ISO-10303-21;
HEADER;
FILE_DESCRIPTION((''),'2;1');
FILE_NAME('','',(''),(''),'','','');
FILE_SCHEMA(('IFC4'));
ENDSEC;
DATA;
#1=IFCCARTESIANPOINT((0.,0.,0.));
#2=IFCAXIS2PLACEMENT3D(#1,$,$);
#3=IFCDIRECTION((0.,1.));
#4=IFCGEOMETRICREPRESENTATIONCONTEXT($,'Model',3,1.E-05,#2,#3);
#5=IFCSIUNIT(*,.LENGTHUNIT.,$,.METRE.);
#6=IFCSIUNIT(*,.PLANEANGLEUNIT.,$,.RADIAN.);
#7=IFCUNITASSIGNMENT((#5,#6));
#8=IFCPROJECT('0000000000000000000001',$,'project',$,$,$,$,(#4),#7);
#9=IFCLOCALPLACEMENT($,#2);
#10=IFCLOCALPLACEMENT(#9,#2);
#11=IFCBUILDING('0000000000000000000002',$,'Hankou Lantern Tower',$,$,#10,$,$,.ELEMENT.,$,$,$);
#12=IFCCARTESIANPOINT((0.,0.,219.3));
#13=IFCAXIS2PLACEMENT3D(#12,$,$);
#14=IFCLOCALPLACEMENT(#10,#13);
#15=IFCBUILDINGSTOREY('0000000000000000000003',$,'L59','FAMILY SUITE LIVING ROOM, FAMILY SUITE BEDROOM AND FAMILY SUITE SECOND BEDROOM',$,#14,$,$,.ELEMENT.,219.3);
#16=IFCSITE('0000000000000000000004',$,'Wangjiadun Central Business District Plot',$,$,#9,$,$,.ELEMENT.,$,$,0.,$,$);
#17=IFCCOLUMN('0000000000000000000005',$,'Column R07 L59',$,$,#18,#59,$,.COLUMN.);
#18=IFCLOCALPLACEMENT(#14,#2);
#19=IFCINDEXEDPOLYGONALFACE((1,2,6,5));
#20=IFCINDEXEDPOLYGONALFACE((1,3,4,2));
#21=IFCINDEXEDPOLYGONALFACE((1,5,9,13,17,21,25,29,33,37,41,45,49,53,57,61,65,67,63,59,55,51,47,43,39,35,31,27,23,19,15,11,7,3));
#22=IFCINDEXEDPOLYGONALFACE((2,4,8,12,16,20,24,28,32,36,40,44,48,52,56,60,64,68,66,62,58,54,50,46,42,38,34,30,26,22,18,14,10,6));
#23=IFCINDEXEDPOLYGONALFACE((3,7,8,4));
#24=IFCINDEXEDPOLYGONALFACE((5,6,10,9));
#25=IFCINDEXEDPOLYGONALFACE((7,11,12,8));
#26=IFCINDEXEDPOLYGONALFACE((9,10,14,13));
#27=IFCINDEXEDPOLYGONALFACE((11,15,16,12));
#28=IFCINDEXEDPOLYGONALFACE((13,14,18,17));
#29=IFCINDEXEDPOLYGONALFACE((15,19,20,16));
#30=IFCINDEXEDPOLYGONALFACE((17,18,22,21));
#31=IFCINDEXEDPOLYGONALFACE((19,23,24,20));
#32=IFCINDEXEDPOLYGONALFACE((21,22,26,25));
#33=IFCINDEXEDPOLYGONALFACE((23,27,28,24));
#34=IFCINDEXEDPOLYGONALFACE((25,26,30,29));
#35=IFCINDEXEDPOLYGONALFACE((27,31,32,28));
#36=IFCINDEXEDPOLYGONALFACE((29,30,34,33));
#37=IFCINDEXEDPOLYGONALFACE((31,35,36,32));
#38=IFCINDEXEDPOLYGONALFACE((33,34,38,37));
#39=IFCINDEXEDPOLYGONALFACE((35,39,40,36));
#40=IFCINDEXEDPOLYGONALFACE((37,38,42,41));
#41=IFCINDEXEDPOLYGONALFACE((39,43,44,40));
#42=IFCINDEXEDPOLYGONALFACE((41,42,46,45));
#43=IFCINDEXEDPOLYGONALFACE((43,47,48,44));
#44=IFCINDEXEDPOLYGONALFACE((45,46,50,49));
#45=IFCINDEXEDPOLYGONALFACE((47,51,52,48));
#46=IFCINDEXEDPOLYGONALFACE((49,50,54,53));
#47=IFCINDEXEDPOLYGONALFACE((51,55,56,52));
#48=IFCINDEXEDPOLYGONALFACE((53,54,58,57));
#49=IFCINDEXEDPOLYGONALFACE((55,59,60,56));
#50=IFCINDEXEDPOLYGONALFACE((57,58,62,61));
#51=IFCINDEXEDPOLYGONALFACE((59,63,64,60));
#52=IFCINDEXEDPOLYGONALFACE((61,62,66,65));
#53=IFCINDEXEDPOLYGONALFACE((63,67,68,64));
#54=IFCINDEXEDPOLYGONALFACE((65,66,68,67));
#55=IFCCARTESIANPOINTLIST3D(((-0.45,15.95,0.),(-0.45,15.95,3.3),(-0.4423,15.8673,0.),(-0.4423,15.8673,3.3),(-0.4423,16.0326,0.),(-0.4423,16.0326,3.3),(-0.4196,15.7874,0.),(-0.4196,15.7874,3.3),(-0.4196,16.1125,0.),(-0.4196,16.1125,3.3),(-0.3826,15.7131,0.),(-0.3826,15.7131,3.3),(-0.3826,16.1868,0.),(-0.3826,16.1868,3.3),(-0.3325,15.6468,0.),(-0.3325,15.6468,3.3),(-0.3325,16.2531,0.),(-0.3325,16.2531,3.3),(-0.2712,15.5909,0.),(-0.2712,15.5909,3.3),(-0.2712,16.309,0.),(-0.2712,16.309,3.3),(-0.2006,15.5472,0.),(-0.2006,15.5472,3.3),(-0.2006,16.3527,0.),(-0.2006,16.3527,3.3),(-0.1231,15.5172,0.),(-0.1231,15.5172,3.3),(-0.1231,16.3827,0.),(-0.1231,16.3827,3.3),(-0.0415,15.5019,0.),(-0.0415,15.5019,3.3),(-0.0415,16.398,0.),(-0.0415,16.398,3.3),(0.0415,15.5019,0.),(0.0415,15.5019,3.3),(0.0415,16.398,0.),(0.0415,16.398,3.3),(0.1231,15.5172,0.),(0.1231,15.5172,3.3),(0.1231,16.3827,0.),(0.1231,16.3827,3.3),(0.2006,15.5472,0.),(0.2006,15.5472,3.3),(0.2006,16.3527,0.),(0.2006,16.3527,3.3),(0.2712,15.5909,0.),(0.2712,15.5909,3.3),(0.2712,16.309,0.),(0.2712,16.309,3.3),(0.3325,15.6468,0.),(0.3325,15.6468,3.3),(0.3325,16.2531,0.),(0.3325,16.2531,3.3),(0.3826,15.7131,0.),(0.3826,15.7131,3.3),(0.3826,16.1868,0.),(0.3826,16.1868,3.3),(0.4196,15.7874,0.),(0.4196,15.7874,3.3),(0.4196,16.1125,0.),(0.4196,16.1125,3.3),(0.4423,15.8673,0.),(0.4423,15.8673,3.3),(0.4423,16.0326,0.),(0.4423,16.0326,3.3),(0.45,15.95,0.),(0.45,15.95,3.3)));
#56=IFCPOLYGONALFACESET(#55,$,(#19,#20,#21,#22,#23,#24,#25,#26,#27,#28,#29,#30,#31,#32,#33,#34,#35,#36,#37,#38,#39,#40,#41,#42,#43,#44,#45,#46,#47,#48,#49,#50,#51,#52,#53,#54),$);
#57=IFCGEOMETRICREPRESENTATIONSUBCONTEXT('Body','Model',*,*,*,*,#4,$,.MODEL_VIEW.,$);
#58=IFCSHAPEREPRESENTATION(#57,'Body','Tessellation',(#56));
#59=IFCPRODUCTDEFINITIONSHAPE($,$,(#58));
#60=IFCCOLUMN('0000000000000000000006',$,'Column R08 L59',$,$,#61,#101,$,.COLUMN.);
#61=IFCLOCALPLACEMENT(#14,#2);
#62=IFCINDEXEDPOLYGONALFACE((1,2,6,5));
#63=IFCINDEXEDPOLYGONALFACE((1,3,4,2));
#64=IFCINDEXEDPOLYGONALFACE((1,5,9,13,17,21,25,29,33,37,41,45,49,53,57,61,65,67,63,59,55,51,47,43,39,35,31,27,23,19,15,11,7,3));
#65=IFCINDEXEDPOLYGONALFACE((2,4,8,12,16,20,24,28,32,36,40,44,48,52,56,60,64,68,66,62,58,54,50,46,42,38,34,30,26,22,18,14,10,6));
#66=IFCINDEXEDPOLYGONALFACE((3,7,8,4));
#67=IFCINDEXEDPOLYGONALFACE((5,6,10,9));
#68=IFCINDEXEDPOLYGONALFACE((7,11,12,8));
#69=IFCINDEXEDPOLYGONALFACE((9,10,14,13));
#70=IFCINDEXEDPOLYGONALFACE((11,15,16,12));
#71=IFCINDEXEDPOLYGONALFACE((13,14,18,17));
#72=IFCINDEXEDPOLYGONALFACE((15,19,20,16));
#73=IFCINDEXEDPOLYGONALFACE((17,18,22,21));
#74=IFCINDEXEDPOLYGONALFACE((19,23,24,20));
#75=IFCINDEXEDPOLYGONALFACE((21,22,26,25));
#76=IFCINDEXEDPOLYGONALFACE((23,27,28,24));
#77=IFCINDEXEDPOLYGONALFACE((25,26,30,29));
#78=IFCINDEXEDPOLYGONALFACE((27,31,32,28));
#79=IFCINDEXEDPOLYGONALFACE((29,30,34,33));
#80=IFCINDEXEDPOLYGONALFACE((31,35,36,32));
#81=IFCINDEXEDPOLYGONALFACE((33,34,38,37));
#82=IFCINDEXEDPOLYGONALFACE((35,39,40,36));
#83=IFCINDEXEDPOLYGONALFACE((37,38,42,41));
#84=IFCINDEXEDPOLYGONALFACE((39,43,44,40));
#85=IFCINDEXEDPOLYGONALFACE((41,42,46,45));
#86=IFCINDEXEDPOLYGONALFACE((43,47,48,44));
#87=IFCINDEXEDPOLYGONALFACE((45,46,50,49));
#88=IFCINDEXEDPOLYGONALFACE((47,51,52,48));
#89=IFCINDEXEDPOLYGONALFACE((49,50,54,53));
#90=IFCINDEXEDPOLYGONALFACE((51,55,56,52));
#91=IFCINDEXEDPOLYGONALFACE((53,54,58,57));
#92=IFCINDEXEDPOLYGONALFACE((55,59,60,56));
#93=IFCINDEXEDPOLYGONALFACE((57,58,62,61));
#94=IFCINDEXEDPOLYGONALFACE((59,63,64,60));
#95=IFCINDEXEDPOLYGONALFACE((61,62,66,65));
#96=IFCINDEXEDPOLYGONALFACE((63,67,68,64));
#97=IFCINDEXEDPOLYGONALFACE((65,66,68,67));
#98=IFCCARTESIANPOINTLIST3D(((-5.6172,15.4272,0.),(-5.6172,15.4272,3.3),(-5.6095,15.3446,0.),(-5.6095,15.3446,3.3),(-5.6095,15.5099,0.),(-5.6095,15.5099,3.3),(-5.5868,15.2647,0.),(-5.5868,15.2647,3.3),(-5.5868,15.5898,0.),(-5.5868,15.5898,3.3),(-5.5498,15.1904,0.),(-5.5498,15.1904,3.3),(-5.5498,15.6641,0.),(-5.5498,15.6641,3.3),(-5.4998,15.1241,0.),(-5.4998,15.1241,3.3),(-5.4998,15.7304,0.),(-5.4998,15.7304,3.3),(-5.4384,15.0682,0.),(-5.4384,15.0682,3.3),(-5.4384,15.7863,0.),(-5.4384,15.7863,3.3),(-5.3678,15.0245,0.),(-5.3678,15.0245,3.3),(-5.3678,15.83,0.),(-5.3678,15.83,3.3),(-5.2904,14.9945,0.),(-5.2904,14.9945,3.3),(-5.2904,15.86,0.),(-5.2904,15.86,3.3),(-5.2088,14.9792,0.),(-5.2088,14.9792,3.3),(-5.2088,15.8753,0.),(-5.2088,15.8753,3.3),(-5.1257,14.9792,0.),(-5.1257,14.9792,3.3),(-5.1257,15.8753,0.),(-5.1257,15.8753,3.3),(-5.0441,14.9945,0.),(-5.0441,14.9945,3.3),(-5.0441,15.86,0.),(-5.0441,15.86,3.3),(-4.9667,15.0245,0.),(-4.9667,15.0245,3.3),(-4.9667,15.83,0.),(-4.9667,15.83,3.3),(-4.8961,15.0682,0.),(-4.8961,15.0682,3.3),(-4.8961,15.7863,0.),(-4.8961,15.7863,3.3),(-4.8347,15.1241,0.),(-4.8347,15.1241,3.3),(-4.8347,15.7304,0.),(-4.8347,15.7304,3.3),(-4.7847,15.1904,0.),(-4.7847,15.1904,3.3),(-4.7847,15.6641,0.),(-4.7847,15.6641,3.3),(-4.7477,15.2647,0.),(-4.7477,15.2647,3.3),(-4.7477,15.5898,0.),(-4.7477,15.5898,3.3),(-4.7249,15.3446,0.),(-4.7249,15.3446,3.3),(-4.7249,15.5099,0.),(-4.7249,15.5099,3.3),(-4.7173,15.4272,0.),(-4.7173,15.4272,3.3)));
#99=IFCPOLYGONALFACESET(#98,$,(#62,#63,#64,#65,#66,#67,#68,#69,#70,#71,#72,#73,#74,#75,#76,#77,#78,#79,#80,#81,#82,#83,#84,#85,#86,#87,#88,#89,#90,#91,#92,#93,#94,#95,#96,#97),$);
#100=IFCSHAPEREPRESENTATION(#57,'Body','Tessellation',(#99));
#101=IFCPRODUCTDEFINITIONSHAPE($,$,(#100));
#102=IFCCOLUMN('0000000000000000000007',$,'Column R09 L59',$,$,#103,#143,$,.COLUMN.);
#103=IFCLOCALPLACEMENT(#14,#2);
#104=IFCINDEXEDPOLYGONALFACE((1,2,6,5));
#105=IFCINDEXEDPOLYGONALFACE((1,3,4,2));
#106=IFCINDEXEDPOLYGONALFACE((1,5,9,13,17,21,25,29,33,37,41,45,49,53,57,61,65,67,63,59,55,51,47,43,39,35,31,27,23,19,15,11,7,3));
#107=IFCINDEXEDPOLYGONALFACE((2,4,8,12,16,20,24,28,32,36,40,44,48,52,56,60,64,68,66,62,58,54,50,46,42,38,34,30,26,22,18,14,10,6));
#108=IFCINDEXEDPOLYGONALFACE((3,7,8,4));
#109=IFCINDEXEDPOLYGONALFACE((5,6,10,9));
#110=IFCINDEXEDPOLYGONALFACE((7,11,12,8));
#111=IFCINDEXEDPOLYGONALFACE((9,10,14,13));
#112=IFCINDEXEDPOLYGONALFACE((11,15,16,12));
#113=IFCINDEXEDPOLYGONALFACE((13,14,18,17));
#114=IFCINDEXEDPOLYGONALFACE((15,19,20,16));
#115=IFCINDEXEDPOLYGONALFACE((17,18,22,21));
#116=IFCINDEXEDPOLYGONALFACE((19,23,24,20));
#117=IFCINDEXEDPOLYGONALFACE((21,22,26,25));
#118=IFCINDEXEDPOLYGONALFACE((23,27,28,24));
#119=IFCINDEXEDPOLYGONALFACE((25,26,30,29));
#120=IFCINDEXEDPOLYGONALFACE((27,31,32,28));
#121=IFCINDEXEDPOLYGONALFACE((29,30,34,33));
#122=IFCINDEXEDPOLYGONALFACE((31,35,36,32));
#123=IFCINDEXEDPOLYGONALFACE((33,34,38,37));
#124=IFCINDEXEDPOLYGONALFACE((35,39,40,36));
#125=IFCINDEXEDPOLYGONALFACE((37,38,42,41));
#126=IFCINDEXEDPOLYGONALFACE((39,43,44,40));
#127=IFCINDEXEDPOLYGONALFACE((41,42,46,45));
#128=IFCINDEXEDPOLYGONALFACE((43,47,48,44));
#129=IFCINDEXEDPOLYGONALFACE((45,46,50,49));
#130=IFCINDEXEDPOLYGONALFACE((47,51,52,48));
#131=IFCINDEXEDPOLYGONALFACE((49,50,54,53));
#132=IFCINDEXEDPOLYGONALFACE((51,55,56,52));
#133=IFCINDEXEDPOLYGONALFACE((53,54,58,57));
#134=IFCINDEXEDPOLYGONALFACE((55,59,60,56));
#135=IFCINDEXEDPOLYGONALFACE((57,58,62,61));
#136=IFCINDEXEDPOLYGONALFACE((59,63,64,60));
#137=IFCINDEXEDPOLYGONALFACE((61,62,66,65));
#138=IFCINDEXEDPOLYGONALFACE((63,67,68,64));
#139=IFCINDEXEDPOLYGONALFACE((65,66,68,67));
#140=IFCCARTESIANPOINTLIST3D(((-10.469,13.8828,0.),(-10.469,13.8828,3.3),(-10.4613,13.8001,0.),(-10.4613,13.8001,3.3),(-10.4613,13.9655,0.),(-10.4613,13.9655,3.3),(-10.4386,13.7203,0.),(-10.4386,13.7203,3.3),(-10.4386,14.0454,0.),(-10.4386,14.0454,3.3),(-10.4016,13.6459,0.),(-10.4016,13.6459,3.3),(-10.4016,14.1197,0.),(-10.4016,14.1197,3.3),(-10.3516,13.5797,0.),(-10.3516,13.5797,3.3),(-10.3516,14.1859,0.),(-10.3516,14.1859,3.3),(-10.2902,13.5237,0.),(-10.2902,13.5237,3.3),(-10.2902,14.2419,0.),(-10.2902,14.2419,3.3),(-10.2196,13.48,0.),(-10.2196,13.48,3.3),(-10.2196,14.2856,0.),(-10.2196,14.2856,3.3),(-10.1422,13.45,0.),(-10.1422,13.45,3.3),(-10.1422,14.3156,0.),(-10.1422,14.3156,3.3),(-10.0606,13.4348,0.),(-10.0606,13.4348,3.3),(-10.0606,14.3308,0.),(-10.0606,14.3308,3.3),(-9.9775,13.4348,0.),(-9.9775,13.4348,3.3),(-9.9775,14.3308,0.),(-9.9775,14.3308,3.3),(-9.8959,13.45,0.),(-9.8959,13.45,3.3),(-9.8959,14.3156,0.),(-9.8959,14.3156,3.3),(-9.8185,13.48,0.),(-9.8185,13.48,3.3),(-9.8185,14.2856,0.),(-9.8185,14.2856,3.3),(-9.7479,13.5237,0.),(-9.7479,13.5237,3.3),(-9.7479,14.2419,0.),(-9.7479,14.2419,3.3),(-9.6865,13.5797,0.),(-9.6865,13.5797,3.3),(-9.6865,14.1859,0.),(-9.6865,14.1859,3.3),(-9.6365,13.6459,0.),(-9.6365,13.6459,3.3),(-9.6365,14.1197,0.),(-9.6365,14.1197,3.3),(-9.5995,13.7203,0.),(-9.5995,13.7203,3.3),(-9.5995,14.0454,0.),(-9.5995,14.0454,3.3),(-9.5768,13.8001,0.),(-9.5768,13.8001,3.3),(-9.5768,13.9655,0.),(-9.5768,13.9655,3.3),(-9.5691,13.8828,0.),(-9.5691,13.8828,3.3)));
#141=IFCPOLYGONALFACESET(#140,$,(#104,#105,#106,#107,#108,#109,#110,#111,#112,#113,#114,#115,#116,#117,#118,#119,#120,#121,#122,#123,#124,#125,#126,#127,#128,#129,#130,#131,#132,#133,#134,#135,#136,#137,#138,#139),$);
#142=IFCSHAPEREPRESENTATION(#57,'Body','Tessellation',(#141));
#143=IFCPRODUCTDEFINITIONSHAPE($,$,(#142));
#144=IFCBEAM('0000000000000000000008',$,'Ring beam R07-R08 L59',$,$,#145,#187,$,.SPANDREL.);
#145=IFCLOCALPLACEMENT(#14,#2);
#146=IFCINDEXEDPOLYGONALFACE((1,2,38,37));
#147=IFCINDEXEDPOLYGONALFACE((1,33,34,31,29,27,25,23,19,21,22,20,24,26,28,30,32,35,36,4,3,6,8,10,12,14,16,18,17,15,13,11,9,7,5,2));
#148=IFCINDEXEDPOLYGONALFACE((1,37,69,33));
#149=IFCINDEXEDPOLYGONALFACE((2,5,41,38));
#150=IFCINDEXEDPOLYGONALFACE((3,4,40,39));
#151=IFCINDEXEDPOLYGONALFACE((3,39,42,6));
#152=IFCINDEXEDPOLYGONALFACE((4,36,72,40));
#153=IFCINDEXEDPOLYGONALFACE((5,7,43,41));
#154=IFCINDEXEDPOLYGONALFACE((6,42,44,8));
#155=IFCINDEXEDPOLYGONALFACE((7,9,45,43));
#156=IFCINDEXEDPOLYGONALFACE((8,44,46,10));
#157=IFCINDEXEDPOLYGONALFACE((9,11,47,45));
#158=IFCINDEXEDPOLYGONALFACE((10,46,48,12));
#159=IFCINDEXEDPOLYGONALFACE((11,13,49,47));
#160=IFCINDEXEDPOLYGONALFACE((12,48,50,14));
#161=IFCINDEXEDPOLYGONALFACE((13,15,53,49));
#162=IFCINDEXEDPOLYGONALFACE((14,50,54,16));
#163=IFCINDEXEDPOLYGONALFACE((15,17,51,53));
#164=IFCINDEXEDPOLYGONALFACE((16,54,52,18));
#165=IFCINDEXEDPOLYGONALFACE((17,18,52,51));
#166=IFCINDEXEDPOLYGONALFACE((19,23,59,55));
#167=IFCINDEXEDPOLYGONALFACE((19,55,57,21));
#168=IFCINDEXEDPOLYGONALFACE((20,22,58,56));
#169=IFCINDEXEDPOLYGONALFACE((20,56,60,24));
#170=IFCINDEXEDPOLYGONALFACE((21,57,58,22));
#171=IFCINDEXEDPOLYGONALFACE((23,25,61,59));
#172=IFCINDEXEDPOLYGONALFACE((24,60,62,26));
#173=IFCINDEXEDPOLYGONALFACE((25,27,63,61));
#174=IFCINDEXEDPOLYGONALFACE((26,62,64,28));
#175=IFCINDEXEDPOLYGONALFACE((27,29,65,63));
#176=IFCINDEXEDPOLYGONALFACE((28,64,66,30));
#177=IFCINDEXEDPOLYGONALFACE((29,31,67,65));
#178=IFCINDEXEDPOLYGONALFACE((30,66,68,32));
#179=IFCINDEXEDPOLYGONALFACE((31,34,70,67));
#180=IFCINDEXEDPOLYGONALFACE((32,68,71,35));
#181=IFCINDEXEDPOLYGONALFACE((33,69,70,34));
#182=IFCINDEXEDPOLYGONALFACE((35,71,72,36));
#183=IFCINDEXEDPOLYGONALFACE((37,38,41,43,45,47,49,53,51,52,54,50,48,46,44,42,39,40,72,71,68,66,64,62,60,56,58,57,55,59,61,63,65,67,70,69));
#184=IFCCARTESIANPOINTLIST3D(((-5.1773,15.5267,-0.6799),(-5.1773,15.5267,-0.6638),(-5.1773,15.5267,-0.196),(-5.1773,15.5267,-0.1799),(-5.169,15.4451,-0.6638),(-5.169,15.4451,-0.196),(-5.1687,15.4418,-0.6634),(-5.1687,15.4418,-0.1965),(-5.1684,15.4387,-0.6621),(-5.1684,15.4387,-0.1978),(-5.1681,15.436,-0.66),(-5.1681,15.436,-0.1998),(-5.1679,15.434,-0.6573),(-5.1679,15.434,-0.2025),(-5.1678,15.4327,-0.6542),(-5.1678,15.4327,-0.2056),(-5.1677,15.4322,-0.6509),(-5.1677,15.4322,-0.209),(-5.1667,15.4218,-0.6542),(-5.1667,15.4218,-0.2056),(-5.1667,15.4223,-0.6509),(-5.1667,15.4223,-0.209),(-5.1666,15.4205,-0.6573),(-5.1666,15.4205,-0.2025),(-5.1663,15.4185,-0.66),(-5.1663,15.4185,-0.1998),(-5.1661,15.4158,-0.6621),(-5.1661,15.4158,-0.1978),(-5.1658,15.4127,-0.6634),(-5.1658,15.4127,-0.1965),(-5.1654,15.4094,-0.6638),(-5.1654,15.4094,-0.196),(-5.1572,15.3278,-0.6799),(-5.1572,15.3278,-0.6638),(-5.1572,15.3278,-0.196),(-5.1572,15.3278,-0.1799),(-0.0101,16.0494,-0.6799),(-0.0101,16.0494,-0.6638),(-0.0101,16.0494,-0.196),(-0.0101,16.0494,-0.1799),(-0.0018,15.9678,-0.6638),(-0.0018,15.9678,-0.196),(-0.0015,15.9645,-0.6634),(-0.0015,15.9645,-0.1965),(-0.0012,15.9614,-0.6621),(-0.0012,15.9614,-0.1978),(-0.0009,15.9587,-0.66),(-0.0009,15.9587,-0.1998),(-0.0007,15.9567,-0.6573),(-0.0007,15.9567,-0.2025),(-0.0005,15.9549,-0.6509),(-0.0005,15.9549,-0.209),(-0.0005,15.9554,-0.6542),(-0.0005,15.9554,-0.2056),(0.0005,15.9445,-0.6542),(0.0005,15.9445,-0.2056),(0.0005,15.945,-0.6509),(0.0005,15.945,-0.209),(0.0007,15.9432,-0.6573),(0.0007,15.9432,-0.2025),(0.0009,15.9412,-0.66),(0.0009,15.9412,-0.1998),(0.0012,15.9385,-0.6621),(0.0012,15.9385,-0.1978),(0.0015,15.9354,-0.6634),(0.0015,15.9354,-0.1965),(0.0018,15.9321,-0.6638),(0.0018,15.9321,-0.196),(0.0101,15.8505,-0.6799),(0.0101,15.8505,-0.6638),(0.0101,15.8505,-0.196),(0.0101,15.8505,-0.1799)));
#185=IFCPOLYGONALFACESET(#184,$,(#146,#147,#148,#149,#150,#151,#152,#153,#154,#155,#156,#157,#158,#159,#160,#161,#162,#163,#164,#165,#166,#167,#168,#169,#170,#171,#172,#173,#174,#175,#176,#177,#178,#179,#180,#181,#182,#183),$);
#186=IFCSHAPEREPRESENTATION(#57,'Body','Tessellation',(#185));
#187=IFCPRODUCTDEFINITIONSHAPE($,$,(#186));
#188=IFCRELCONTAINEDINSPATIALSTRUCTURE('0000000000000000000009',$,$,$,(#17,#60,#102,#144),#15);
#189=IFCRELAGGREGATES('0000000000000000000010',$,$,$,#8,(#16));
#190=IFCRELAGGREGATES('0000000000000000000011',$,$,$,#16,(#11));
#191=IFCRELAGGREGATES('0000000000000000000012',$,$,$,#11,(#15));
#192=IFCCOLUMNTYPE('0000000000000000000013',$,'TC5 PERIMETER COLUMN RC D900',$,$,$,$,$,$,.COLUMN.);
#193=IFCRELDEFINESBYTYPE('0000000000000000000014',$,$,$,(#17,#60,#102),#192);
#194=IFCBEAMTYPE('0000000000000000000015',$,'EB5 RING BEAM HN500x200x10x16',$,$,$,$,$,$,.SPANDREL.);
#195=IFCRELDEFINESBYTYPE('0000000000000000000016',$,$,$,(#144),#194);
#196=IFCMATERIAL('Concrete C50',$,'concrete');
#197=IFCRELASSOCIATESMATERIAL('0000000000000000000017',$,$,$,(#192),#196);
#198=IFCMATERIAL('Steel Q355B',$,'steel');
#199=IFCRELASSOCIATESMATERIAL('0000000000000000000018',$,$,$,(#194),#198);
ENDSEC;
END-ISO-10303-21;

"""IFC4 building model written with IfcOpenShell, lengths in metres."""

from ifc_helpers import new_model, si_unit, direction, frame, origin, origin_2d, place, context, subcontext, project, spatial, circle, i_section, extrude, material, material_profile, profile_set, type_object, element, save


model = new_model("IFC4")

# Units and contexts
model_context = context("Model", 3, precision=1e-05, world=origin(), true_north=direction((0.0, 1.0)))
body_context = subcontext(model_context, "Body", "Model", "MODEL_VIEW")
ifc_project = project(units=[si_unit("LENGTHUNIT", "METRE"), si_unit("PLANEANGLEUNIT", "RADIAN")], contexts=[model_context])

# Site, building, storey
site_placement = place(None, origin())
site = spatial("IfcSite", under=ifc_project, at=site_placement, Name="Wangjiadun Central Business District Plot", CompositionType="ELEMENT", RefElevation=0.0)
building_placement = place(site_placement, origin())
building = spatial("IfcBuilding", under=site, at=building_placement, Name="Hankou Lantern Tower", CompositionType="ELEMENT")
storey_placement = place(building_placement, frame((0.0, 0.0, 219.3)))
storey = spatial("IfcBuildingStorey", under=building, at=storey_placement, Name="L59", Description="FAMILY SUITE LIVING ROOM, FAMILY SUITE BEDROOM AND FAMILY SUITE SECOND BEDROOM", CompositionType="ELEMENT", Elevation=219.3)

# Columns
ifc_material_1 = material(Name="Concrete C50", Category="concrete")
ifc_material_profile_1 = material_profile(ifc_material_1, circle(Radius=0.45, at=origin_2d()), Name="RC D900")
ifc_profile_set_1 = profile_set([ifc_material_profile_1], Name="Concrete C50")
column_type = type_object("IfcColumnType", Name="TC5 PERIMETER COLUMN RC D900", PredefinedType="COLUMN", material=ifc_profile_set_1)
for number, where, z_axis, x_axis, name in (
    (1, (0.0, 15.95, 0.0), (0.0, 0.0, 1.0), (1.0, 0.0, 0.0), "Column R07 L59"),
    (2, (-5.1672, 15.4272, 0.0), (0.0, 0.0, 1.0), (1.0, 0.0, 0.0), "Column R08 L59"),
    (3, (-10.019, 13.8828, 0.0), (0.0, 0.0, 1.0), (1.0, 0.0, 0.0), "Column R09 L59"),
):
    element("IfcColumn", number, at=place(storey_placement, frame(where, z_axis=z_axis, x_axis=x_axis)), inside=storey, type_object=column_type, Name=name, PredefinedType="COLUMN", context=body_context, shape_type="SweptSolid", body=[
        extrude(circle(Radius=0.45, at=origin_2d()), origin(), (0.0, 0.0, 1.0), 3.3),
    ])

# Beam
ifc_material_2 = material(Name="Steel Q355B", Category="steel")
ifc_material_profile_2 = material_profile(ifc_material_2, i_section(OverallWidth=0.2, OverallDepth=0.5, WebThickness=0.01, FlangeThickness=0.0161, FilletRadius=0.0129, at=origin_2d()), Name="HN500x200x10x16")
ifc_profile_set_2 = profile_set([ifc_material_profile_2], Name="Steel Q355B")
beam_type_1 = type_object("IfcBeamType", Name="EB5 RING BEAM HN500x200x10x16", PredefinedType="SPANDREL", material=ifc_profile_set_2)
beam_1_placement = place(storey_placement, frame((0.0, 15.95, -0.4299), z_axis=(-0.994923, -0.100644, 0.0), x_axis=(0.100644, -0.994923, 0.0)))
element("IfcBeam", 4, at=beam_1_placement, inside=storey, type_object=beam_type_1, Name="Ring beam R07-R08 L59", PredefinedType="SPANDREL", context=body_context, shape_type="SweptSolid", body=[
    extrude(i_section(OverallWidth=0.2, OverallDepth=0.5, WebThickness=0.01, FlangeThickness=0.0161, FilletRadius=0.0129, at=origin_2d()), origin(), (0.0, 0.0, 1.0), 5.1936),
])

save(model, "model.ifc")
